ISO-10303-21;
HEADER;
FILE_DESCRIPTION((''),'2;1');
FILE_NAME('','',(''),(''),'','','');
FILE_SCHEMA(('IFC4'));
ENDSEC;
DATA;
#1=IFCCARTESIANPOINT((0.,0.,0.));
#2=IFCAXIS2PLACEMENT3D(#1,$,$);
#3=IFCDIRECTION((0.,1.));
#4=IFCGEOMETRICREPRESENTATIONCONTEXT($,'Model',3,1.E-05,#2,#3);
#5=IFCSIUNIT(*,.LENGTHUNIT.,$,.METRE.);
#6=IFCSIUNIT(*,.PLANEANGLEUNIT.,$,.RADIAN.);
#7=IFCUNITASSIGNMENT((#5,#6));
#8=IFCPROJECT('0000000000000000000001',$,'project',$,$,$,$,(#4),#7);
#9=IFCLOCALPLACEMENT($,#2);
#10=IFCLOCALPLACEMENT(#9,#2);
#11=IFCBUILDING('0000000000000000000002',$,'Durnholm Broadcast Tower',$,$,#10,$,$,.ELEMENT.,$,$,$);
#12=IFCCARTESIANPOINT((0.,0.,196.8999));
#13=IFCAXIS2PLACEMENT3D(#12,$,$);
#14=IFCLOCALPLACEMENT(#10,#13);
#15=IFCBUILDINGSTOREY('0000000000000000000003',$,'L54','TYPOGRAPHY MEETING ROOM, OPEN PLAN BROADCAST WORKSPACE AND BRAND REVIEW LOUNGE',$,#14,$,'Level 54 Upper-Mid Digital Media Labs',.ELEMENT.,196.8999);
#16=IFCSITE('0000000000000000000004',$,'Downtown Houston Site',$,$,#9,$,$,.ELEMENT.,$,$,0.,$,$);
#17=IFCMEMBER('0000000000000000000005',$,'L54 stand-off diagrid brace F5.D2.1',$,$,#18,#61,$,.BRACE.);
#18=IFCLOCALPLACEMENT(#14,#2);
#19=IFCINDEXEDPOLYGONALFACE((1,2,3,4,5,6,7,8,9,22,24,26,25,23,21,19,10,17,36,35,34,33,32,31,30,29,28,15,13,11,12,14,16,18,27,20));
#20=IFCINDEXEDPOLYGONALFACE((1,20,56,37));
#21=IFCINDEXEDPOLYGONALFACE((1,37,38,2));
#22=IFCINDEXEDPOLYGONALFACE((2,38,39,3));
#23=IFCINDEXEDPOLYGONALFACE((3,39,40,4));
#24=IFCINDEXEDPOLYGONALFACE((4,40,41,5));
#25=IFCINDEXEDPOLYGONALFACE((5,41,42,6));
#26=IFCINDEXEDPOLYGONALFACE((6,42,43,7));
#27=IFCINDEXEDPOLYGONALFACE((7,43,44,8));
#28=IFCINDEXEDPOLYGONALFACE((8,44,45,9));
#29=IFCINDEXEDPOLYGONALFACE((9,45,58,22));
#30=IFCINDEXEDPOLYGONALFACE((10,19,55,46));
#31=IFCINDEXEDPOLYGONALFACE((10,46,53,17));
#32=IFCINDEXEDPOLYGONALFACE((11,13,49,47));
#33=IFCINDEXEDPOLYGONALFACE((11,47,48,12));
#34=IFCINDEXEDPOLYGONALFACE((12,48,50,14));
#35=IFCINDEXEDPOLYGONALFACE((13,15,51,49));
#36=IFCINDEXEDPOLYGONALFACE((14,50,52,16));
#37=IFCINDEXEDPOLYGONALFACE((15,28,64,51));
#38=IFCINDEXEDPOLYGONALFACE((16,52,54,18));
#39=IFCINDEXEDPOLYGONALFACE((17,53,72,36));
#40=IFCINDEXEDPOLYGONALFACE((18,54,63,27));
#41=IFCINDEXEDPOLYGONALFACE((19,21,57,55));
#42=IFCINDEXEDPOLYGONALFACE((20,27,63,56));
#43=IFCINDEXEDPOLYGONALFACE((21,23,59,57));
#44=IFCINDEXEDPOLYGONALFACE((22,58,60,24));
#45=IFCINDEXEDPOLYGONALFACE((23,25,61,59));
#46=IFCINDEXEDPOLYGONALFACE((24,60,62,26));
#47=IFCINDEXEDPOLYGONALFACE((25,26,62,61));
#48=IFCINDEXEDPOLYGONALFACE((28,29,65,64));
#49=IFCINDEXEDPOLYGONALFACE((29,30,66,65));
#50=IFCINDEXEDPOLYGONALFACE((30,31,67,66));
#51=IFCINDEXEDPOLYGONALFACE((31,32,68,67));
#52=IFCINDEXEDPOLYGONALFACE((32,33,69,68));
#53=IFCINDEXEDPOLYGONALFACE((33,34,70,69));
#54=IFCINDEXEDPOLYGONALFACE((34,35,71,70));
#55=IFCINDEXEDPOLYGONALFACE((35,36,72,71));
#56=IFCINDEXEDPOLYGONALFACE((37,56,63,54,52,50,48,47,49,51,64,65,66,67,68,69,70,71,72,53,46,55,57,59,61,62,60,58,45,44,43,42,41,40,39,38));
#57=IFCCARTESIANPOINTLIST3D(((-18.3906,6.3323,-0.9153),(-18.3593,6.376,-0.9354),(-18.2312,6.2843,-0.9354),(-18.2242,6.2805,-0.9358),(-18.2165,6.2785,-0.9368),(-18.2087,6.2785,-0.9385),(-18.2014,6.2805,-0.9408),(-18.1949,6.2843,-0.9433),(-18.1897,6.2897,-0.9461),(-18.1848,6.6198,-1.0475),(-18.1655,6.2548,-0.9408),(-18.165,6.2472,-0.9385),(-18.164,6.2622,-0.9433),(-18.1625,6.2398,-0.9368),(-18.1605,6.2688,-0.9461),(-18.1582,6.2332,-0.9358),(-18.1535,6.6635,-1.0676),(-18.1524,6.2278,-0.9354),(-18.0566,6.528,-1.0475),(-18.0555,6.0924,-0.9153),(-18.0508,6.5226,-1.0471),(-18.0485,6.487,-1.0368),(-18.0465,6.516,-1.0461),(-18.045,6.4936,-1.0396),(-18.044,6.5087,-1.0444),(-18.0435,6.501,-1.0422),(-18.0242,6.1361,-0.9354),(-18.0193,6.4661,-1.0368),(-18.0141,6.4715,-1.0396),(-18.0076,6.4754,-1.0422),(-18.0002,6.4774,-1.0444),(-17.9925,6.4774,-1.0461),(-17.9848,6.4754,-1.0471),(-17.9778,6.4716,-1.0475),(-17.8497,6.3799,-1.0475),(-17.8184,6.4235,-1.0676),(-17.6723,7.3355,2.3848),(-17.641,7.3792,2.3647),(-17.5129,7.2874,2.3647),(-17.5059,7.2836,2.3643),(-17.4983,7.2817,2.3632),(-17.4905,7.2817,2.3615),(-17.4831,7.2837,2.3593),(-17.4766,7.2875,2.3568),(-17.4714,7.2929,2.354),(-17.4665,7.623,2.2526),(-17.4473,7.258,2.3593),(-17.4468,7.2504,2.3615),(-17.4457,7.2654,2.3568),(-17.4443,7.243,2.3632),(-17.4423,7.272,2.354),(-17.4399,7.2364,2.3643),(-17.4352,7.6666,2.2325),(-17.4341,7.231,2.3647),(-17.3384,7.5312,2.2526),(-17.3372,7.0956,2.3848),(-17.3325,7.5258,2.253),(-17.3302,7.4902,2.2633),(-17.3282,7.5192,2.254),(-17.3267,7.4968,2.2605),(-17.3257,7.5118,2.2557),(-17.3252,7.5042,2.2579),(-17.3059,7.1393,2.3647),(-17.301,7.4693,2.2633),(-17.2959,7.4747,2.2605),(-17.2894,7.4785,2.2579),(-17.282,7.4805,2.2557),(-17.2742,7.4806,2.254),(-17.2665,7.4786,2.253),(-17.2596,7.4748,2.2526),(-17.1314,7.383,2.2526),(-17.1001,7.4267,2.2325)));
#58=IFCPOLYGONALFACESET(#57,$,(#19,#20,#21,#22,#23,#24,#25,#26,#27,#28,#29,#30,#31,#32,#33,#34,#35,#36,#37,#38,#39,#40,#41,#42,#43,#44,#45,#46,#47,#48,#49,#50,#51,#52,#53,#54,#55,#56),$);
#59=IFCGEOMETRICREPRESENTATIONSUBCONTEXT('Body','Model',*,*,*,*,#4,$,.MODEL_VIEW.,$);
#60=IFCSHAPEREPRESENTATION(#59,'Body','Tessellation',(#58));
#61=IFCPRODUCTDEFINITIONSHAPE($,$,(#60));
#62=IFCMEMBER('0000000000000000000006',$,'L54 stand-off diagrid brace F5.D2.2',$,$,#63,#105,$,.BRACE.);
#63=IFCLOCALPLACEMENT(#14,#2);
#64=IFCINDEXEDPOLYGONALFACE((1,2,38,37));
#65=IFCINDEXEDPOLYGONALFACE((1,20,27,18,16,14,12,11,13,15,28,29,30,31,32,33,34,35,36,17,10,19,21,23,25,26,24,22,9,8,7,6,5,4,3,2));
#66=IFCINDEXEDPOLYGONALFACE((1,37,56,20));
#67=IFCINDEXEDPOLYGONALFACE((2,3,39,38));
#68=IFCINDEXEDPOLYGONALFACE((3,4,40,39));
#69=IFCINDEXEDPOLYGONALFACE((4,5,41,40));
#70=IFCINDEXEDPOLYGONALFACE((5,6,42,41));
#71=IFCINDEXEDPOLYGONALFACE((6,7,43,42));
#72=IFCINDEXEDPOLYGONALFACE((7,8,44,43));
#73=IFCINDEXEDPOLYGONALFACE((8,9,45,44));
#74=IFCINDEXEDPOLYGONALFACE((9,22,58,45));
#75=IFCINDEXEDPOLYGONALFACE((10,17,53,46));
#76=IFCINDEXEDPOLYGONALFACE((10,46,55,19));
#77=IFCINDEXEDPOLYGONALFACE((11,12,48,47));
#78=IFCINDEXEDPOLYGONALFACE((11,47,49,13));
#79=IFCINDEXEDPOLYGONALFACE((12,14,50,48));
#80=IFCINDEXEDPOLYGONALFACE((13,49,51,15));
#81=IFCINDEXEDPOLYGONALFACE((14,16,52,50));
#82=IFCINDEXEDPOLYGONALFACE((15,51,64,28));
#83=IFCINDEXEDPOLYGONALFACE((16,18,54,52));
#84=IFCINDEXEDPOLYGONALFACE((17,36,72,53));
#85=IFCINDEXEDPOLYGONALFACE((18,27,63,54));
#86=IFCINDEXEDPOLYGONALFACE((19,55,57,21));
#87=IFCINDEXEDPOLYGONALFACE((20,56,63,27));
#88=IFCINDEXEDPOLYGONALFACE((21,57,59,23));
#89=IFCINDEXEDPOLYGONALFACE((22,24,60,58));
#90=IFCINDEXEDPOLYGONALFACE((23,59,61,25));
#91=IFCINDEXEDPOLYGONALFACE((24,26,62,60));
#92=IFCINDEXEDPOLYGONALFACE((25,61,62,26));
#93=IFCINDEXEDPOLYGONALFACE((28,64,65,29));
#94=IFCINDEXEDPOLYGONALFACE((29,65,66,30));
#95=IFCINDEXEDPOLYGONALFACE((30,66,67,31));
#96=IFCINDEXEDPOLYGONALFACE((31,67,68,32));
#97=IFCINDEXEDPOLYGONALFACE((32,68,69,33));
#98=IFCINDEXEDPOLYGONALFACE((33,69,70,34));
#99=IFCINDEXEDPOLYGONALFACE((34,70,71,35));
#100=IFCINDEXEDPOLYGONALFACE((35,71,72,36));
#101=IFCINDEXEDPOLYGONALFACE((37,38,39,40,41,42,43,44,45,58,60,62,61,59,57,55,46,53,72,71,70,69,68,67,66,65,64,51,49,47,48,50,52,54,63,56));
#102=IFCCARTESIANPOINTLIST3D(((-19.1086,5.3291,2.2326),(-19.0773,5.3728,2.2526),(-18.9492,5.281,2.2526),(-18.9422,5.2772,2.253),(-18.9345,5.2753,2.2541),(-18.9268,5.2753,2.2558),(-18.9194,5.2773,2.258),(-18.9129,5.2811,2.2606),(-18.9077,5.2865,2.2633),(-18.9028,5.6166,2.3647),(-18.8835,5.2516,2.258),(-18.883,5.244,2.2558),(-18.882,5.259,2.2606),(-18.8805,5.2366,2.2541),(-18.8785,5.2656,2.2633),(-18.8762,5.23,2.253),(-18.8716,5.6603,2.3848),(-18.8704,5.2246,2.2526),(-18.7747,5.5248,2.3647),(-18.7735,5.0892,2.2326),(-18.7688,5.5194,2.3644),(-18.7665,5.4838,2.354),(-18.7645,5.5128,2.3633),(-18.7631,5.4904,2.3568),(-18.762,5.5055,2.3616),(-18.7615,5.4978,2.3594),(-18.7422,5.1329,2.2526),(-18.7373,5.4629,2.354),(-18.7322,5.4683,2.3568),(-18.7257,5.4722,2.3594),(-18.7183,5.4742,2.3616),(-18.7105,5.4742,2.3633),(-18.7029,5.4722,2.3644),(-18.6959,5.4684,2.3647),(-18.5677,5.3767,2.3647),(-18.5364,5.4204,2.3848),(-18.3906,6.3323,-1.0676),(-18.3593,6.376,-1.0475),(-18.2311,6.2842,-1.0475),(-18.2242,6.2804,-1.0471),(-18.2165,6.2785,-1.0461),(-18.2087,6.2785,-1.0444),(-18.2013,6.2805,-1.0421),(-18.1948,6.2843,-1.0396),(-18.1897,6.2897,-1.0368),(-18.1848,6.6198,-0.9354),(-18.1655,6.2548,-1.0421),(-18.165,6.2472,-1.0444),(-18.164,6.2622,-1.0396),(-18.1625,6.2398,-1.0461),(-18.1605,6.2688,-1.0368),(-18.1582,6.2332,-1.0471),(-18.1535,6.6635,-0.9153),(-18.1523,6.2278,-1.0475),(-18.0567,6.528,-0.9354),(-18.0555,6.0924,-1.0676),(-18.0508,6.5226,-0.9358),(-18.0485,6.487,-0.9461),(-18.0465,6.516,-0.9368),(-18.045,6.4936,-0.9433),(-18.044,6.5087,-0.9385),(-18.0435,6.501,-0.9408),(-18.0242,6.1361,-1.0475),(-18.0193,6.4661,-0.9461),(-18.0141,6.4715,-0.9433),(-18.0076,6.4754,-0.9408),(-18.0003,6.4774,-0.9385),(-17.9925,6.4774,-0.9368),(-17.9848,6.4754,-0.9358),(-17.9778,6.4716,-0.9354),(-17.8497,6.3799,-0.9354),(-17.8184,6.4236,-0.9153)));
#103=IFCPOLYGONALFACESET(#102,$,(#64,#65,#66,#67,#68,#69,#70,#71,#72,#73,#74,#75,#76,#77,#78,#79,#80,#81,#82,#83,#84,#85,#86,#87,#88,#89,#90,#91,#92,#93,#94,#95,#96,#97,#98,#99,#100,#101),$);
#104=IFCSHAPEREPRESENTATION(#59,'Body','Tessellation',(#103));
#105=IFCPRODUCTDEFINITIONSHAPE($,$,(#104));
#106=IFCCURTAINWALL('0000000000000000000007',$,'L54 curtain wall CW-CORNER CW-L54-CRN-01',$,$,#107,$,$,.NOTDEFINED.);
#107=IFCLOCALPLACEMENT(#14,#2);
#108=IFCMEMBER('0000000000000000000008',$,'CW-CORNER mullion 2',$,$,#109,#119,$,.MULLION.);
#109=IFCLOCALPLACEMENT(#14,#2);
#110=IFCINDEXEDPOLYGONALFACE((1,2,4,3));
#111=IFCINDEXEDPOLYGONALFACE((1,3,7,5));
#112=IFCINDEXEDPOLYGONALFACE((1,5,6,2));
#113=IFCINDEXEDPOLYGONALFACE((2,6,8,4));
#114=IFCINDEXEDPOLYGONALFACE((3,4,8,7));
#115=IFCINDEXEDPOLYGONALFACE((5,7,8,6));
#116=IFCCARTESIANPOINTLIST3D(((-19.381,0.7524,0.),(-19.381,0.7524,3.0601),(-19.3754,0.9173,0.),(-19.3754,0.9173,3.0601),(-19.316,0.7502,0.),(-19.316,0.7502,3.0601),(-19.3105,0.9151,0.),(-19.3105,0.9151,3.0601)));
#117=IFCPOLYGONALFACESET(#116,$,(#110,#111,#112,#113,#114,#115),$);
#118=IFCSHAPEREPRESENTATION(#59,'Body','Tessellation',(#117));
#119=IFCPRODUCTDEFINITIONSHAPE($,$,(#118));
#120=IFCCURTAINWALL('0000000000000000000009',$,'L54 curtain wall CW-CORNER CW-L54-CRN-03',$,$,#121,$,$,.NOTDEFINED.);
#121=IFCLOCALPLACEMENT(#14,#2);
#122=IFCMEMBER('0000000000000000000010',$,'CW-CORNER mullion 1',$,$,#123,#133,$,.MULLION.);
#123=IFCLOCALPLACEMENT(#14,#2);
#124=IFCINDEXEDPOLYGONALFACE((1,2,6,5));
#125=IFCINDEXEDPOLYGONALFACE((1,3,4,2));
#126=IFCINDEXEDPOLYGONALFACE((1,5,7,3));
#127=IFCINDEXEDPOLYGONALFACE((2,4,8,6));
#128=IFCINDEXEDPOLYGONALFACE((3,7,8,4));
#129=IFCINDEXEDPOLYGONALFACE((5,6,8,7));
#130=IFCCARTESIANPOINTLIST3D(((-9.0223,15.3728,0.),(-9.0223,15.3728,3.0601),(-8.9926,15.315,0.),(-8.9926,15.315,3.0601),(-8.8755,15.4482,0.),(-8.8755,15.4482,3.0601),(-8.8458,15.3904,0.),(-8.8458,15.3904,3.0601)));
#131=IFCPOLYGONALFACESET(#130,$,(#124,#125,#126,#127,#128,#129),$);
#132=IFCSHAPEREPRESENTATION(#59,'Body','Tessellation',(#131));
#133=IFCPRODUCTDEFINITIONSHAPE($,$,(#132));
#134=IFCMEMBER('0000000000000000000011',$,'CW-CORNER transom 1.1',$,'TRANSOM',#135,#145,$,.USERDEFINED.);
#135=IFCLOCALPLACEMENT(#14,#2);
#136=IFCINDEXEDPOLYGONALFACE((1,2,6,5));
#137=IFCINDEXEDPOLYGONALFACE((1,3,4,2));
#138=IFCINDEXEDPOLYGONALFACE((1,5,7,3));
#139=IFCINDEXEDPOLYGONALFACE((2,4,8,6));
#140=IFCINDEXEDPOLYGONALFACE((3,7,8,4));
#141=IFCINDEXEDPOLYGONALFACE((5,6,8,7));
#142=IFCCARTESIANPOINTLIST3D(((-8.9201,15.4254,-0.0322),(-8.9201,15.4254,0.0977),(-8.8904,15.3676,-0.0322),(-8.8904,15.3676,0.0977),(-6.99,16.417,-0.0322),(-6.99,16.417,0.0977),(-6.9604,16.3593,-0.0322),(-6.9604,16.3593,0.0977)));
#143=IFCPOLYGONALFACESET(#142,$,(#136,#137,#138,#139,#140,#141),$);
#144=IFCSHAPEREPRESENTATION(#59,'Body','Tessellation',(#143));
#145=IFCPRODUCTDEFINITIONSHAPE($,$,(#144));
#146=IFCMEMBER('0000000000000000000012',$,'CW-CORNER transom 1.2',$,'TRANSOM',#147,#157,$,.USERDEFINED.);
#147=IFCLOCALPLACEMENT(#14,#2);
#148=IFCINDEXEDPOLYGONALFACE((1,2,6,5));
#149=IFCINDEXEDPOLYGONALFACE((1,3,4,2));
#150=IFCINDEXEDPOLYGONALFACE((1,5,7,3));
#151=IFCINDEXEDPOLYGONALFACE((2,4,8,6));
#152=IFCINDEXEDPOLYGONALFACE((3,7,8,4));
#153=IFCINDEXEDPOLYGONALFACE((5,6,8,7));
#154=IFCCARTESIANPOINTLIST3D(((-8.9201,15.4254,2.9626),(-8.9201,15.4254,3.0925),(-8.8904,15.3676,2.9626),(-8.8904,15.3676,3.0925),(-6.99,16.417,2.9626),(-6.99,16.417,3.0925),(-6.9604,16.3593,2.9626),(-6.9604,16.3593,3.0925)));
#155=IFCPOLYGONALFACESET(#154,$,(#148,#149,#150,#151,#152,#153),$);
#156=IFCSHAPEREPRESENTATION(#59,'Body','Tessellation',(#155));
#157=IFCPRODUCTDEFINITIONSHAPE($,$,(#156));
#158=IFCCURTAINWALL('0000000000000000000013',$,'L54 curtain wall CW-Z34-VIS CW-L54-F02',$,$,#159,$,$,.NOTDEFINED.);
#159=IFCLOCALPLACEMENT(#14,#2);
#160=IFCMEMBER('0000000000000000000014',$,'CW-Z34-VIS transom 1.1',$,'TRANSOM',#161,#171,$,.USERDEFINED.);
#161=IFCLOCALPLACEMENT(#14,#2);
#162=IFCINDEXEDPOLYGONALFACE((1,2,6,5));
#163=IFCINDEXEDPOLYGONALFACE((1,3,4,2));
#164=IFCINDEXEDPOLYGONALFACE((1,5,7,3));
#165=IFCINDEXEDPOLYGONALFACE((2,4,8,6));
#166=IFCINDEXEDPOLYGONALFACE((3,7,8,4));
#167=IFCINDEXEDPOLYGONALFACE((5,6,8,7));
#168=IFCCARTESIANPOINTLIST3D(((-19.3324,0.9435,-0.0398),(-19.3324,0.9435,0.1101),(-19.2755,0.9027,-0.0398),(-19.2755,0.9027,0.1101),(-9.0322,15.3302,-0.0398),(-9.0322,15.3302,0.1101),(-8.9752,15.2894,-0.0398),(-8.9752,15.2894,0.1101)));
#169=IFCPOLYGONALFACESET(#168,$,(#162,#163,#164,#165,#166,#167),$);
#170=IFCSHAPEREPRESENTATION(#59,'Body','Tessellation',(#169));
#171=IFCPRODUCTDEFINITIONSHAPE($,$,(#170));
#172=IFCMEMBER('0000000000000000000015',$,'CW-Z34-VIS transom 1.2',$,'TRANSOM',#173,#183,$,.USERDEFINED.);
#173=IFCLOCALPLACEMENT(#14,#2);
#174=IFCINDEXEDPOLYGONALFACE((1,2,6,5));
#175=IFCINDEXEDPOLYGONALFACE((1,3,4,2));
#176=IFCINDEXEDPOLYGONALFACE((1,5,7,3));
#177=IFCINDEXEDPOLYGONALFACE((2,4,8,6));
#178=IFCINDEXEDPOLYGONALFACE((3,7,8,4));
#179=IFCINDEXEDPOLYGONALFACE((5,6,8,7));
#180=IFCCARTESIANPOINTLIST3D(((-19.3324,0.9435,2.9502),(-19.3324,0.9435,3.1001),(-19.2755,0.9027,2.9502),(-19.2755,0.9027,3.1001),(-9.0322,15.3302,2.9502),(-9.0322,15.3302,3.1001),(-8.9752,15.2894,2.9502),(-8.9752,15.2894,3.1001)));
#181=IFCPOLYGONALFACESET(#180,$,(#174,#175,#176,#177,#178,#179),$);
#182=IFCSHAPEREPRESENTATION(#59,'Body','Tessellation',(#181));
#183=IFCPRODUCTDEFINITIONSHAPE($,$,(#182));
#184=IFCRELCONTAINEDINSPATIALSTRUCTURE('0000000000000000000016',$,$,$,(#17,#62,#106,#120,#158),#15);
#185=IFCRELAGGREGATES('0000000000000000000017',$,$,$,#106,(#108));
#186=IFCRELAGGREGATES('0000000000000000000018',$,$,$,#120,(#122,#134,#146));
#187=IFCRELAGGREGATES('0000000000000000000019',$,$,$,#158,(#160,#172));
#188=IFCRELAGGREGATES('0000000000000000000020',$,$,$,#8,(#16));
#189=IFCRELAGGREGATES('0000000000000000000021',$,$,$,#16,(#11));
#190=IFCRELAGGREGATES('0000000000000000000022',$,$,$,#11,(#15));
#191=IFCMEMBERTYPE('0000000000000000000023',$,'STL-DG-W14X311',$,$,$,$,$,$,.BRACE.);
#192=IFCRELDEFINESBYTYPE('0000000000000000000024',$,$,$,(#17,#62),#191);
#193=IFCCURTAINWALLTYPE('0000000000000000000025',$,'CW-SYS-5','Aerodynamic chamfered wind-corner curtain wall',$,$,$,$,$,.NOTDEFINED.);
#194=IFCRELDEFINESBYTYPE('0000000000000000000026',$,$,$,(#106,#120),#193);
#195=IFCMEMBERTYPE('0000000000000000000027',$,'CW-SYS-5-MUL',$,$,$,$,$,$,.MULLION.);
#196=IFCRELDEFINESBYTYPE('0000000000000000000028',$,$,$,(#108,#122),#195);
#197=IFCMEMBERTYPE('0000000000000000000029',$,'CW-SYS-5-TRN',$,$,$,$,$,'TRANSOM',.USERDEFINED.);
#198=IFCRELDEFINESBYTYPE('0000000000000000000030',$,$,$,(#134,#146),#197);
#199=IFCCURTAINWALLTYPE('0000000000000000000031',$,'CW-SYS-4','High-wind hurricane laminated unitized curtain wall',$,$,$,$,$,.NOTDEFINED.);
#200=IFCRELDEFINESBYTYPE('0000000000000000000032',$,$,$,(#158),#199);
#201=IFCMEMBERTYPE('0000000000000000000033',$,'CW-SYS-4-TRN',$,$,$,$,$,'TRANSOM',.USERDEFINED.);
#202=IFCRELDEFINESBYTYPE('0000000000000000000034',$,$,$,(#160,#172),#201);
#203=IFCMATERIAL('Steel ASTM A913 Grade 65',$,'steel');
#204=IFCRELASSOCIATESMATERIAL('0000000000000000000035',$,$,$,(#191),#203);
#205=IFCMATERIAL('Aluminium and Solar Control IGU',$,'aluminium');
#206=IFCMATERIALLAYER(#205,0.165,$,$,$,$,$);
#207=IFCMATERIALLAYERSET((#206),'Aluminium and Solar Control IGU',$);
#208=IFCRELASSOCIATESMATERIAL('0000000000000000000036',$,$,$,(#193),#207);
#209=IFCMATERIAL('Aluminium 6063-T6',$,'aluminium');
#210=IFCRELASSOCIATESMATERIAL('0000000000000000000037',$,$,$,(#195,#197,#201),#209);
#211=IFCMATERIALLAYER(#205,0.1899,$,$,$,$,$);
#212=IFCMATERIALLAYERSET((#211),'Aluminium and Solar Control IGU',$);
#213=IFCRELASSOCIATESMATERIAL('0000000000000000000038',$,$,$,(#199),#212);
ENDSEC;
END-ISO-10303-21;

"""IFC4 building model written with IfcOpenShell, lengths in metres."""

from ifc_helpers import new_model, si_unit, direction, frame, origin, origin_2d, place, context, subcontext, project, spatial, rectangle, i_section, extrude, source, transform, mapped, material, layer, layer_set, material_profile, profile_set, type_object, type_shapes, element, aggregate, save


model = new_model("IFC4")

# Units and contexts
model_context = context("Model", 3, precision=1e-05, world=origin(), true_north=direction((0.0, 1.0)))
body_context = subcontext(model_context, "Body", "Model", "MODEL_VIEW")
ifc_project = project(units=[si_unit("LENGTHUNIT", "METRE"), si_unit("PLANEANGLEUNIT", "RADIAN")], contexts=[model_context])

# Site, building, storey
site_placement = place(None, origin())
site = spatial("IfcSite", under=ifc_project, at=site_placement, Name="Downtown Houston Site", CompositionType="ELEMENT", RefElevation=0.0)
building_placement = place(site_placement, origin())
building = spatial("IfcBuilding", under=site, at=building_placement, Name="Durnholm Broadcast Tower", CompositionType="ELEMENT")
storey_placement = place(building_placement, frame((0.0, 0.0, 196.8999)))
storey = spatial("IfcBuildingStorey", under=building, at=storey_placement, Name="L54", Description="TYPOGRAPHY MEETING ROOM, OPEN PLAN BROADCAST WORKSPACE AND BRAND REVIEW LOUNGE", LongName="Level 54 Upper-Mid Digital Media Labs", CompositionType="ELEMENT", Elevation=196.8999)

# Members
ifc_material_1 = material(Name="Steel ASTM A913 Grade 65", Category="steel")
ifc_material_profile_1 = material_profile(ifc_material_1, i_section(OverallWidth=0.4121, OverallDepth=0.4348, WebThickness=0.0359, FlangeThickness=0.0574, FilletRadius=0.0305, at=origin_2d()), Name="W14X311")
ifc_profile_set_1 = profile_set([ifc_material_profile_1], Name="Steel ASTM A913 Grade 65")
member_type_1 = type_object("IfcMemberType", Name="STL-DG-W14X311", PredefinedType="BRACE", material=ifc_profile_set_1)
shared_shape_1 = source(origin(), body_context, "Body", "SweptSolid", [
    extrude(i_section(OverallWidth=0.4121, OverallDepth=0.4348, WebThickness=0.0359, FlangeThickness=0.0574, FilletRadius=0.0305, at=origin_2d()), origin(), (0.0, 0.0, 1.0), 3.5232),
])
type_shapes(member_type_1, [shared_shape_1])
for number, where, z_axis, x_axis, name in (
    (1, (-18.1045, 6.3779, -0.9915), (0.203869, 0.284738, 0.936676), (-0.813078, 0.582155, 0.0), "L54 stand-off diagrid brace F5.D2.1"),
    (2, (-18.1045, 6.3779, -0.9915), (-0.203803, -0.284742, 0.936689), (0.813171, -0.582024, 0.0), "L54 stand-off diagrid brace F5.D2.2"),
):
    element("IfcMember", number, at=place(storey_placement, frame(where, z_axis=z_axis, x_axis=x_axis)), inside=storey, type_object=member_type_1, Name=name, PredefinedType="BRACE", context=body_context, shape_type="MappedRepresentation", body=[
        mapped(shared_shape_1, transform((0.0, 0.0, 0.0), x_axis=(1.0, 0.0, 0.0), y_axis=(0.0, 1.0, 0.0), z_axis=(0.0, 0.0, 1.0), scale=1.0)),
    ])

# Curtain wall, member
ifc_material_2 = material(Name="Aluminium and Solar Control IGU", Category="aluminium")
ifc_layer_1 = layer(ifc_material_2, 0.165)
ifc_layer_set_1 = layer_set([ifc_layer_1], Name="Aluminium and Solar Control IGU")
curtain_wall_type_1 = type_object("IfcCurtainWallType", Name="CW-SYS-5", Description="Aerodynamic chamfered wind-corner curtain wall", PredefinedType="NOTDEFINED", material=ifc_layer_set_1)
curtain_wall_1_placement = place(storey_placement, origin())
curtain_wall_1 = element("IfcCurtainWall", 3, at=curtain_wall_1_placement, inside=storey, type_object=curtain_wall_type_1, Name="L54 curtain wall CW-CORNER CW-L54-CRN-01", PredefinedType="NOTDEFINED")
ifc_material_3 = material(Name="Aluminium 6063-T6", Category="aluminium")
ifc_material_profile_2 = material_profile(ifc_material_3, rectangle(XDim=0.0649, YDim=0.165, at=origin_2d()), Name="CWM65X165")
ifc_profile_set_2 = profile_set([ifc_material_profile_2], Name="Aluminium 6063-T6")
member_type_2 = type_object("IfcMemberType", Name="CW-SYS-5-MUL", PredefinedType="MULLION", material=ifc_profile_set_2)
shared_shape_2 = source(origin(), body_context, "Body", "SweptSolid", [
    extrude(rectangle(XDim=0.0649, YDim=0.165, at=origin_2d()), origin(), (0.0, 0.0, 1.0), 3.0601),
])
type_shapes(member_type_2, [shared_shape_2])
member_1_placement = place(storey_placement, frame((-19.3457, 0.8337, 0.0), z_axis=(0.0, 0.0, 1.0), x_axis=(-0.999425, 0.033913, 0.0)))
member_1 = element("IfcMember", 4, at=member_1_placement, type_object=member_type_2, Name="CW-CORNER mullion 2", PredefinedType="MULLION", context=body_context, shape_type="MappedRepresentation", body=[
    mapped(shared_shape_2, transform((0.0, 0.0, 0.0), x_axis=(1.0, 0.0, 0.0), y_axis=(0.0, 1.0, 0.0), z_axis=(0.0, 0.0, 1.0), scale=1.0)),
])
aggregate(curtain_wall_1, [member_1])

# Curtain walls, members
curtain_wall_2_placement = place(storey_placement, origin())
curtain_wall_2 = element("IfcCurtainWall", 5, at=curtain_wall_2_placement, inside=storey, type_object=curtain_wall_type_1, Name="L54 curtain wall CW-CORNER CW-L54-CRN-03", PredefinedType="NOTDEFINED")
member_2_placement = place(storey_placement, frame((-8.9341, 15.3816, 0.0), z_axis=(0.0, 0.0, 1.0), x_axis=(-0.457082, 0.889425, 0.0)))
member_2 = element("IfcMember", 6, at=member_2_placement, type_object=member_type_2, Name="CW-CORNER mullion 1", PredefinedType="MULLION", context=body_context, shape_type="MappedRepresentation", body=[
    mapped(shared_shape_2, transform((0.0, 0.0, 0.0), x_axis=(1.0, 0.0, 0.0), y_axis=(0.0, 1.0, 0.0), z_axis=(0.0, 0.0, 1.0), scale=1.0)),
])
ifc_material_profile_3 = material_profile(ifc_material_3, rectangle(XDim=0.0649, YDim=0.1299, at=origin_2d()), Name="CWT65X130")
ifc_profile_set_3 = profile_set([ifc_material_profile_3], Name="Aluminium 6063-T6")
member_type_3 = type_object("IfcMemberType", Name="CW-SYS-5-TRN", ElementType="TRANSOM", PredefinedType="USERDEFINED", material=ifc_profile_set_3)
shared_shape_3 = source(origin(), body_context, "Body", "SweptSolid", [
    extrude(rectangle(XDim=0.0649, YDim=0.1299, at=origin_2d()), origin(), (0.0, 0.0, 1.0), 2.1699),
])
type_shapes(member_type_3, [shared_shape_3])
member_3_placement = place(storey_placement, frame((-8.9053, 15.3965, 0.0327), z_axis=(0.889468, 0.456997, 0.0), x_axis=(-0.456997, 0.889468, 0.0)))
member_3 = element("IfcMember", 7, at=member_3_placement, type_object=member_type_3, Name="CW-CORNER transom 1.1", ObjectType="TRANSOM", PredefinedType="USERDEFINED", context=body_context, shape_type="MappedRepresentation", body=[
    mapped(shared_shape_3, transform((0.0, 0.0, 0.0), x_axis=(1.0, 0.0, 0.0), y_axis=(0.0, 1.0, 0.0), z_axis=(0.0, 0.0, 1.0), scale=1.0)),
])
member_4_placement = place(storey_placement, frame((-8.9053, 15.3965, 3.0276), z_axis=(0.889468, 0.456997, 0.0), x_axis=(-0.456997, 0.889468, 0.0)))
member_4 = element("IfcMember", 8, at=member_4_placement, type_object=member_type_3, Name="CW-CORNER transom 1.2", ObjectType="TRANSOM", PredefinedType="USERDEFINED", context=body_context, shape_type="MappedRepresentation", body=[
    mapped(shared_shape_3, transform((0.0, 0.0, 0.0), x_axis=(1.0, 0.0, 0.0), y_axis=(0.0, 1.0, 0.0), z_axis=(0.0, 0.0, 1.0), scale=1.0)),
])
ifc_layer_2 = layer(ifc_material_2, 0.1899)
ifc_layer_set_2 = layer_set([ifc_layer_2], Name="Aluminium and Solar Control IGU")
curtain_wall_type_2 = type_object("IfcCurtainWallType", Name="CW-SYS-4", Description="High-wind hurricane laminated unitized curtain wall", PredefinedType="NOTDEFINED", material=ifc_layer_set_2)
curtain_wall_3_placement = place(storey_placement, origin())
curtain_wall_3 = element("IfcCurtainWall", 9, at=curtain_wall_3_placement, inside=storey, type_object=curtain_wall_type_2, Name="L54 curtain wall CW-Z34-VIS CW-L54-F02", PredefinedType="NOTDEFINED")
ifc_material_profile_4 = material_profile(ifc_material_3, rectangle(XDim=0.0701, YDim=0.1499, at=origin_2d()), Name="CWT70X150")
ifc_profile_set_4 = profile_set([ifc_material_profile_4], Name="Aluminium 6063-T6")
member_type_4 = type_object("IfcMemberType", Name="CW-SYS-4-TRN", ElementType="TRANSOM", PredefinedType="USERDEFINED", material=ifc_profile_set_4)
shared_shape_4 = source(origin(), body_context, "Body", "SweptSolid", [
    extrude(rectangle(XDim=0.0701, YDim=0.1499, at=origin_2d()), origin(), (0.0, 0.0, 1.0), 17.6938),
])
type_shapes(member_type_4, [shared_shape_4])
member_5_placement = place(storey_placement, frame((-19.304, 0.9231, 0.0352), z_axis=(0.582138, 0.81309, 0.0), x_axis=(-0.81309, 0.582138, 0.0)))
member_5 = element("IfcMember", 10, at=member_5_placement, type_object=member_type_4, Name="CW-Z34-VIS transom 1.1", ObjectType="TRANSOM", PredefinedType="USERDEFINED", context=body_context, shape_type="MappedRepresentation", body=[
    mapped(shared_shape_4, transform((0.0, 0.0, 0.0), x_axis=(1.0, 0.0, 0.0), y_axis=(0.0, 1.0, 0.0), z_axis=(0.0, 0.0, 1.0), scale=1.0)),
])
member_6_placement = place(storey_placement, frame((-19.304, 0.9231, 3.0251), z_axis=(0.582138, 0.81309, 0.0), x_axis=(-0.81309, 0.582138, 0.0)))
member_6 = element("IfcMember", 11, at=member_6_placement, type_object=member_type_4, Name="CW-Z34-VIS transom 1.2", ObjectType="TRANSOM", PredefinedType="USERDEFINED", context=body_context, shape_type="MappedRepresentation", body=[
    mapped(shared_shape_4, transform((0.0, 0.0, 0.0), x_axis=(1.0, 0.0, 0.0), y_axis=(0.0, 1.0, 0.0), z_axis=(0.0, 0.0, 1.0), scale=1.0)),
])

aggregate(curtain_wall_2, [member_2, member_3, member_4])
aggregate(curtain_wall_3, [member_5, member_6])

save(model, "model.ifc")
